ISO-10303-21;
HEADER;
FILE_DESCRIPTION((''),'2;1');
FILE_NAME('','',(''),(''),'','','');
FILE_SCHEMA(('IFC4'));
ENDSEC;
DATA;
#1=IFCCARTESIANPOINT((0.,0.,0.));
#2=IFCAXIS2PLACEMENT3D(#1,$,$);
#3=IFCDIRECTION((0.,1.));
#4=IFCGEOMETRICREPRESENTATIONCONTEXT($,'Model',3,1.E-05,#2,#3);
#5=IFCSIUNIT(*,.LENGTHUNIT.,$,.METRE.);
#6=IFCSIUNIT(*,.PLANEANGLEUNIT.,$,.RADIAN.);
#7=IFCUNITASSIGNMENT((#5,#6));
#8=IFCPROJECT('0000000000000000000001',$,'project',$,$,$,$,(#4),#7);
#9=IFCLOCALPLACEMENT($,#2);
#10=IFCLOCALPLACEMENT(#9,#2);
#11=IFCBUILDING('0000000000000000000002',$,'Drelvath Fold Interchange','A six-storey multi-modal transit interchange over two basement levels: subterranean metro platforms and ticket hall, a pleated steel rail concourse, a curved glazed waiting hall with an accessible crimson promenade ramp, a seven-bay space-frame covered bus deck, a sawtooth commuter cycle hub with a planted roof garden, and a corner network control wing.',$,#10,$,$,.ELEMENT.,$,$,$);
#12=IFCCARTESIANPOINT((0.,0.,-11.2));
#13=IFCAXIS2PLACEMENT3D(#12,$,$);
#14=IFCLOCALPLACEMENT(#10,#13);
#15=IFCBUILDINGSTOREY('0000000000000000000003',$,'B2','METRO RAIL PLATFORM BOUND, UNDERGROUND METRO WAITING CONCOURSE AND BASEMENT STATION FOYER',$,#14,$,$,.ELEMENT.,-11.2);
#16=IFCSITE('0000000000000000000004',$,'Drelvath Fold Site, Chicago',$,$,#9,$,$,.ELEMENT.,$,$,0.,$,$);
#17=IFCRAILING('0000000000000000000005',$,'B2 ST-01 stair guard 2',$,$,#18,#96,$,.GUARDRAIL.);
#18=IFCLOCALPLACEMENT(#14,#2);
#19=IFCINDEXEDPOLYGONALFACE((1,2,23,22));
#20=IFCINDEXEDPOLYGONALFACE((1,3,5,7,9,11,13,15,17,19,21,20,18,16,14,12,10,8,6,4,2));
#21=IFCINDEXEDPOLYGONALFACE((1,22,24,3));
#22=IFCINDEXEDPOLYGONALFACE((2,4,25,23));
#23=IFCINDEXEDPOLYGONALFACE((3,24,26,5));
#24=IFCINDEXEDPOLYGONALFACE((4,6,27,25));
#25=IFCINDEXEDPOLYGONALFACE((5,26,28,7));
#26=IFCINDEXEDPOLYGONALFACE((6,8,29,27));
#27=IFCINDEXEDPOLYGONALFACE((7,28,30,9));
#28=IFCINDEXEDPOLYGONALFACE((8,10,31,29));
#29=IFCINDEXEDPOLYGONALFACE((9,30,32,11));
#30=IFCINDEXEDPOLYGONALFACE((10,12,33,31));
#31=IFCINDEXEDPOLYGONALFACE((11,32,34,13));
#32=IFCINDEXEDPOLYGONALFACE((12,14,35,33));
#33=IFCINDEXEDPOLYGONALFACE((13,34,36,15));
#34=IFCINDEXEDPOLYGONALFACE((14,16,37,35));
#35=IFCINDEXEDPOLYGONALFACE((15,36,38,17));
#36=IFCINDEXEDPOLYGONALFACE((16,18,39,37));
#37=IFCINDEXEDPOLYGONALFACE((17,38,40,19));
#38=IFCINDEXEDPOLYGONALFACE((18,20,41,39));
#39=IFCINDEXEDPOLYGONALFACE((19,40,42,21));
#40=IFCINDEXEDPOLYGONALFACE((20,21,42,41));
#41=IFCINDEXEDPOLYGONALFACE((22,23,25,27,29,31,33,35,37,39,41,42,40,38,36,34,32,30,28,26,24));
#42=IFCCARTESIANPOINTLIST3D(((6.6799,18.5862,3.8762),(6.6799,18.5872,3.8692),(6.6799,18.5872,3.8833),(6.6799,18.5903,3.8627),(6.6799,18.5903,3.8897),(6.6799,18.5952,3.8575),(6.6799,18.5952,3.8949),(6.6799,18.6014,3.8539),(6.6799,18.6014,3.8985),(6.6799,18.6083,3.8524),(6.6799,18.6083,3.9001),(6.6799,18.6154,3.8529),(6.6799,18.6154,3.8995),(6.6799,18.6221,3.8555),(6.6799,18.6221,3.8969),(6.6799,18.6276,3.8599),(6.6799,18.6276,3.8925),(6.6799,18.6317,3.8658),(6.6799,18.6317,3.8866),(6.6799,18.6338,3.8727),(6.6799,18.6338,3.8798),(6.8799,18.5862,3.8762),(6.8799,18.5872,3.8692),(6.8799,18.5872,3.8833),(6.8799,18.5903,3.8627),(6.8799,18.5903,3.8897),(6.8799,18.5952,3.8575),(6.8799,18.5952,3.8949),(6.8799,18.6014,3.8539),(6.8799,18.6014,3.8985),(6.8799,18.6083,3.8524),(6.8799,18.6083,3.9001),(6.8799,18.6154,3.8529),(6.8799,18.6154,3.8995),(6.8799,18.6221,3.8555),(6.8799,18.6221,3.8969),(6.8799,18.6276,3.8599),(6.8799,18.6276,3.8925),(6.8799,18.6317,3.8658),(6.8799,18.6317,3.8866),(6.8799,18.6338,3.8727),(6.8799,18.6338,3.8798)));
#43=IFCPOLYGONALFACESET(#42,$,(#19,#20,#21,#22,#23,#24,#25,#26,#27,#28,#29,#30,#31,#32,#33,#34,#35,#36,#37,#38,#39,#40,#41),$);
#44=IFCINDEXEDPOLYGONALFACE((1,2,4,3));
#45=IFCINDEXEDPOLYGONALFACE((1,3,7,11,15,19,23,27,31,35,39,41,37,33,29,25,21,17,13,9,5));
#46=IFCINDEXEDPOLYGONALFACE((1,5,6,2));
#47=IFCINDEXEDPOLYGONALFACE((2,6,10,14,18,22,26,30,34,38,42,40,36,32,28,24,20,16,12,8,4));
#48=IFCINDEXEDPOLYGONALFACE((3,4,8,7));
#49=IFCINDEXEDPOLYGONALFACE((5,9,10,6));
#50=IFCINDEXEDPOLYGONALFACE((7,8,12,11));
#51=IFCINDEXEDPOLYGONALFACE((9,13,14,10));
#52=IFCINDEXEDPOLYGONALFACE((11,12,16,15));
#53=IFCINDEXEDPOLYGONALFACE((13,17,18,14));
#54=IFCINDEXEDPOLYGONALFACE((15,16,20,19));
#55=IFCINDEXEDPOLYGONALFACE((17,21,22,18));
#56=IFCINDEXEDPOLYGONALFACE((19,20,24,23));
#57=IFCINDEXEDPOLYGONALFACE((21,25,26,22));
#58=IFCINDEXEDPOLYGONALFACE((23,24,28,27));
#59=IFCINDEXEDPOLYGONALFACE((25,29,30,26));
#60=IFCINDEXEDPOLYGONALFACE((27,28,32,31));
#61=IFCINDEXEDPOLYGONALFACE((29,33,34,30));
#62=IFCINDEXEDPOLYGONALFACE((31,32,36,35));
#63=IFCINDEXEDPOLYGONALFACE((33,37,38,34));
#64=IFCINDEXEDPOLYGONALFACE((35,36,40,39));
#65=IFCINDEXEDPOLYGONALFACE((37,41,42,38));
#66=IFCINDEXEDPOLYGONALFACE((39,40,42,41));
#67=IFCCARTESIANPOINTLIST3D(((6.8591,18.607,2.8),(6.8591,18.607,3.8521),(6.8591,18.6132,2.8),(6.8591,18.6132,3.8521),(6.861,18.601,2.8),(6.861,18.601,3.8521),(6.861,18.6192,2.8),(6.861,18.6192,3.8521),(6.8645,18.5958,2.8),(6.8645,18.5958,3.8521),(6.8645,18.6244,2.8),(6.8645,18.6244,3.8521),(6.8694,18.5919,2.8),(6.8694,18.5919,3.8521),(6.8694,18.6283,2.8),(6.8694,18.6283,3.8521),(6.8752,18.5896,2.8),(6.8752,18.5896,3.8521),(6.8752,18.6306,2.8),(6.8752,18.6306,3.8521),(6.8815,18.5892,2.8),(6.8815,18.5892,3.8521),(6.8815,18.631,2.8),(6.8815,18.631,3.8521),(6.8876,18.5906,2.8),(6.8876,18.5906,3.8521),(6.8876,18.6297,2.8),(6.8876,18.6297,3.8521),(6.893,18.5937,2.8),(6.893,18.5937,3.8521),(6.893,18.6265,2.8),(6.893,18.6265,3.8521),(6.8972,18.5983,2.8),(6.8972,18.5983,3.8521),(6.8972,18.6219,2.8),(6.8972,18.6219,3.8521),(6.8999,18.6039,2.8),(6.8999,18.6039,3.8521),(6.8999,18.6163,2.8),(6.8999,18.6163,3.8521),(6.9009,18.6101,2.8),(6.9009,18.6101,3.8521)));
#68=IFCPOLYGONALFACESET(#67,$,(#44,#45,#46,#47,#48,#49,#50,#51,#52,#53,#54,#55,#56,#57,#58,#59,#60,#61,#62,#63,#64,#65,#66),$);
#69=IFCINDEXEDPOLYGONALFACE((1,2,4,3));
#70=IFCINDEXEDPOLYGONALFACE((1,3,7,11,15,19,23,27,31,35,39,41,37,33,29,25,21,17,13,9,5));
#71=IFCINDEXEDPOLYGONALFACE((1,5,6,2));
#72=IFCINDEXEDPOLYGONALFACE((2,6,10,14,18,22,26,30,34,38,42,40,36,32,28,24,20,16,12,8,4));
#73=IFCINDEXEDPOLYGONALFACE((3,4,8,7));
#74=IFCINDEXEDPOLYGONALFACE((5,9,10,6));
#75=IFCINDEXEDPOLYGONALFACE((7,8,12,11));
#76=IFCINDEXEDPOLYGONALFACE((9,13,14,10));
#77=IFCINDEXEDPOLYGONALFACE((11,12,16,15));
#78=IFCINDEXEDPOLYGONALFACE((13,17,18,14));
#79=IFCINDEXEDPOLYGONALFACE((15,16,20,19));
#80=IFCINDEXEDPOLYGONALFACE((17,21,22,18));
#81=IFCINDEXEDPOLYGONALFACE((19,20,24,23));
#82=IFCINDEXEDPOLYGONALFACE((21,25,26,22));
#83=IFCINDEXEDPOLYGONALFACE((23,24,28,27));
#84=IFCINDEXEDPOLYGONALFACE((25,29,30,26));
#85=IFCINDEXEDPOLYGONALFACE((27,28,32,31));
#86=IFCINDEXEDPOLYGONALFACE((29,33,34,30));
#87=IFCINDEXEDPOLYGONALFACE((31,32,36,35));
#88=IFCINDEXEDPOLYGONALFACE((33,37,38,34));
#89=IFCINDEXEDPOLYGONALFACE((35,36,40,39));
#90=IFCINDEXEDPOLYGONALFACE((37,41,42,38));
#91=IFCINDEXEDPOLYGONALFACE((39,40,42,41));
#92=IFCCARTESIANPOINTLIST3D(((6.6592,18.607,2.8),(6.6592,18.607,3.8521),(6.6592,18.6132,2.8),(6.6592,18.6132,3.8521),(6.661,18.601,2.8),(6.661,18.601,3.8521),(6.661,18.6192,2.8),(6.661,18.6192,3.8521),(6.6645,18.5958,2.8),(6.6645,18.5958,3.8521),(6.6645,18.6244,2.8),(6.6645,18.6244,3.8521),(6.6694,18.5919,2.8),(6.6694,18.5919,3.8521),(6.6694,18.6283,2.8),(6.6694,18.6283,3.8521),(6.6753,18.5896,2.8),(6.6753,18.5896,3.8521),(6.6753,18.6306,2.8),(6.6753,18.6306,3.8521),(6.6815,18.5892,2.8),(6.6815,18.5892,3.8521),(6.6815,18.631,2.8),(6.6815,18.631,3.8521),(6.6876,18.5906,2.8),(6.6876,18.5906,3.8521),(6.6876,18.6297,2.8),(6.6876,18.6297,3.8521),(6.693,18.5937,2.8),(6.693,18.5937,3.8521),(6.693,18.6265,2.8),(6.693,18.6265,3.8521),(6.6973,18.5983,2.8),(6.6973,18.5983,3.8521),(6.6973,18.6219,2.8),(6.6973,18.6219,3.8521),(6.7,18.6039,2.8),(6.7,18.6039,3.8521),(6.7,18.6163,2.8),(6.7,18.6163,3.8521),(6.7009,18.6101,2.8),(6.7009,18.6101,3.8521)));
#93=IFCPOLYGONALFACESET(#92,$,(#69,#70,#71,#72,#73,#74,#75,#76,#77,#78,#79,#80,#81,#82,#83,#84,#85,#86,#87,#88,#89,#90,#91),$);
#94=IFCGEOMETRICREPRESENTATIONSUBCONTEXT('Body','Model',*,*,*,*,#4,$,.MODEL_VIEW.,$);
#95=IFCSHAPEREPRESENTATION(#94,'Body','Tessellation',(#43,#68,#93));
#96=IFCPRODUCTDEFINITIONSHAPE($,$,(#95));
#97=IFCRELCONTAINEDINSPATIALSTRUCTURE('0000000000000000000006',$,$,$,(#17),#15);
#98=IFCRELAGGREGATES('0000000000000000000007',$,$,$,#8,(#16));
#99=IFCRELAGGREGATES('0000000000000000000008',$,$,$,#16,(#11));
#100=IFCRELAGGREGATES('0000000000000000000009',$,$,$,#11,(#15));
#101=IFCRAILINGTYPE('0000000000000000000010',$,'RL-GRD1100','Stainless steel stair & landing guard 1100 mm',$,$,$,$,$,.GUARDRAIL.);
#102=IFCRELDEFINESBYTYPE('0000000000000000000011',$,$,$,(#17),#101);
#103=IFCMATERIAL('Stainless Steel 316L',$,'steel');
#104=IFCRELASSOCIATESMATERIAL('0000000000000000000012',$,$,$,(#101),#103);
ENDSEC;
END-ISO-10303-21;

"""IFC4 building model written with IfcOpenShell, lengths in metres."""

from ifc_helpers import new_model, si_unit, direction, frame, origin, origin_2d, place, context, subcontext, project, spatial, circle, extrude, material, type_object, element, save


model = new_model("IFC4")

# Units and contexts
model_context = context("Model", 3, precision=1e-05, world=origin(), true_north=direction((0.0, 1.0)))
body_context = subcontext(model_context, "Body", "Model", "MODEL_VIEW")
ifc_project = project(units=[si_unit("LENGTHUNIT", "METRE"), si_unit("PLANEANGLEUNIT", "RADIAN")], contexts=[model_context])

# Site, building, storey
site_placement = place(None, origin())
site = spatial("IfcSite", under=ifc_project, at=site_placement, Name="Drelvath Fold Site, Chicago", CompositionType="ELEMENT", RefElevation=0.0)
building_placement = place(site_placement, origin())
building = spatial("IfcBuilding", under=site, at=building_placement, Name="Drelvath Fold Interchange", Description="A six-storey multi-modal transit interchange over two basement levels: subterranean metro platforms and ticket hall, a pleated steel rail concourse, a curved glazed waiting hall with an accessible crimson promenade ramp, a seven-bay space-frame covered bus deck, a sawtooth commuter cycle hub with a planted roof garden, and a corner network control wing.", CompositionType="ELEMENT")
storey_placement = place(building_placement, frame((0.0, 0.0, -11.2)))
storey = spatial("IfcBuildingStorey", under=building, at=storey_placement, Name="B2", Description="METRO RAIL PLATFORM BOUND, UNDERGROUND METRO WAITING CONCOURSE AND BASEMENT STATION FOYER", CompositionType="ELEMENT", Elevation=-11.2)

# Railing
ifc_material_1 = material(Name="Stainless Steel 316L", Category="steel")
railing_type_1 = type_object("IfcRailingType", Name="RL-GRD1100", Description="Stainless steel stair & landing guard 1100 mm", PredefinedType="GUARDRAIL", material=ifc_material_1)
railing_1_placement = place(storey_placement, frame((6.8799, 18.6101, 2.8)))
element("IfcRailing", 1, at=railing_1_placement, inside=storey, type_object=railing_type_1, Name="B2 ST-01 stair guard 2", PredefinedType="GUARDRAIL", context=body_context, shape_type="SweptSolid", body=[
    extrude(circle(Radius=0.0239, at=origin_2d()), frame((0.0, 0.0, 1.0762), z_axis=(-1.0, 0.0, 0.0), x_axis=(0.0, -1.0, 0.0)), (0.0, 0.0, 1.0), 0.2),
    extrude(circle(Radius=0.021, at=origin_2d()), origin(), (0.0, 0.0, 1.0), 1.052),
    extrude(circle(Radius=0.021, at=origin_2d()), frame((-0.2, 0.0, 0.0)), (0.0, 0.0, 1.0), 1.052),
])

save(model, "model.ifc")
